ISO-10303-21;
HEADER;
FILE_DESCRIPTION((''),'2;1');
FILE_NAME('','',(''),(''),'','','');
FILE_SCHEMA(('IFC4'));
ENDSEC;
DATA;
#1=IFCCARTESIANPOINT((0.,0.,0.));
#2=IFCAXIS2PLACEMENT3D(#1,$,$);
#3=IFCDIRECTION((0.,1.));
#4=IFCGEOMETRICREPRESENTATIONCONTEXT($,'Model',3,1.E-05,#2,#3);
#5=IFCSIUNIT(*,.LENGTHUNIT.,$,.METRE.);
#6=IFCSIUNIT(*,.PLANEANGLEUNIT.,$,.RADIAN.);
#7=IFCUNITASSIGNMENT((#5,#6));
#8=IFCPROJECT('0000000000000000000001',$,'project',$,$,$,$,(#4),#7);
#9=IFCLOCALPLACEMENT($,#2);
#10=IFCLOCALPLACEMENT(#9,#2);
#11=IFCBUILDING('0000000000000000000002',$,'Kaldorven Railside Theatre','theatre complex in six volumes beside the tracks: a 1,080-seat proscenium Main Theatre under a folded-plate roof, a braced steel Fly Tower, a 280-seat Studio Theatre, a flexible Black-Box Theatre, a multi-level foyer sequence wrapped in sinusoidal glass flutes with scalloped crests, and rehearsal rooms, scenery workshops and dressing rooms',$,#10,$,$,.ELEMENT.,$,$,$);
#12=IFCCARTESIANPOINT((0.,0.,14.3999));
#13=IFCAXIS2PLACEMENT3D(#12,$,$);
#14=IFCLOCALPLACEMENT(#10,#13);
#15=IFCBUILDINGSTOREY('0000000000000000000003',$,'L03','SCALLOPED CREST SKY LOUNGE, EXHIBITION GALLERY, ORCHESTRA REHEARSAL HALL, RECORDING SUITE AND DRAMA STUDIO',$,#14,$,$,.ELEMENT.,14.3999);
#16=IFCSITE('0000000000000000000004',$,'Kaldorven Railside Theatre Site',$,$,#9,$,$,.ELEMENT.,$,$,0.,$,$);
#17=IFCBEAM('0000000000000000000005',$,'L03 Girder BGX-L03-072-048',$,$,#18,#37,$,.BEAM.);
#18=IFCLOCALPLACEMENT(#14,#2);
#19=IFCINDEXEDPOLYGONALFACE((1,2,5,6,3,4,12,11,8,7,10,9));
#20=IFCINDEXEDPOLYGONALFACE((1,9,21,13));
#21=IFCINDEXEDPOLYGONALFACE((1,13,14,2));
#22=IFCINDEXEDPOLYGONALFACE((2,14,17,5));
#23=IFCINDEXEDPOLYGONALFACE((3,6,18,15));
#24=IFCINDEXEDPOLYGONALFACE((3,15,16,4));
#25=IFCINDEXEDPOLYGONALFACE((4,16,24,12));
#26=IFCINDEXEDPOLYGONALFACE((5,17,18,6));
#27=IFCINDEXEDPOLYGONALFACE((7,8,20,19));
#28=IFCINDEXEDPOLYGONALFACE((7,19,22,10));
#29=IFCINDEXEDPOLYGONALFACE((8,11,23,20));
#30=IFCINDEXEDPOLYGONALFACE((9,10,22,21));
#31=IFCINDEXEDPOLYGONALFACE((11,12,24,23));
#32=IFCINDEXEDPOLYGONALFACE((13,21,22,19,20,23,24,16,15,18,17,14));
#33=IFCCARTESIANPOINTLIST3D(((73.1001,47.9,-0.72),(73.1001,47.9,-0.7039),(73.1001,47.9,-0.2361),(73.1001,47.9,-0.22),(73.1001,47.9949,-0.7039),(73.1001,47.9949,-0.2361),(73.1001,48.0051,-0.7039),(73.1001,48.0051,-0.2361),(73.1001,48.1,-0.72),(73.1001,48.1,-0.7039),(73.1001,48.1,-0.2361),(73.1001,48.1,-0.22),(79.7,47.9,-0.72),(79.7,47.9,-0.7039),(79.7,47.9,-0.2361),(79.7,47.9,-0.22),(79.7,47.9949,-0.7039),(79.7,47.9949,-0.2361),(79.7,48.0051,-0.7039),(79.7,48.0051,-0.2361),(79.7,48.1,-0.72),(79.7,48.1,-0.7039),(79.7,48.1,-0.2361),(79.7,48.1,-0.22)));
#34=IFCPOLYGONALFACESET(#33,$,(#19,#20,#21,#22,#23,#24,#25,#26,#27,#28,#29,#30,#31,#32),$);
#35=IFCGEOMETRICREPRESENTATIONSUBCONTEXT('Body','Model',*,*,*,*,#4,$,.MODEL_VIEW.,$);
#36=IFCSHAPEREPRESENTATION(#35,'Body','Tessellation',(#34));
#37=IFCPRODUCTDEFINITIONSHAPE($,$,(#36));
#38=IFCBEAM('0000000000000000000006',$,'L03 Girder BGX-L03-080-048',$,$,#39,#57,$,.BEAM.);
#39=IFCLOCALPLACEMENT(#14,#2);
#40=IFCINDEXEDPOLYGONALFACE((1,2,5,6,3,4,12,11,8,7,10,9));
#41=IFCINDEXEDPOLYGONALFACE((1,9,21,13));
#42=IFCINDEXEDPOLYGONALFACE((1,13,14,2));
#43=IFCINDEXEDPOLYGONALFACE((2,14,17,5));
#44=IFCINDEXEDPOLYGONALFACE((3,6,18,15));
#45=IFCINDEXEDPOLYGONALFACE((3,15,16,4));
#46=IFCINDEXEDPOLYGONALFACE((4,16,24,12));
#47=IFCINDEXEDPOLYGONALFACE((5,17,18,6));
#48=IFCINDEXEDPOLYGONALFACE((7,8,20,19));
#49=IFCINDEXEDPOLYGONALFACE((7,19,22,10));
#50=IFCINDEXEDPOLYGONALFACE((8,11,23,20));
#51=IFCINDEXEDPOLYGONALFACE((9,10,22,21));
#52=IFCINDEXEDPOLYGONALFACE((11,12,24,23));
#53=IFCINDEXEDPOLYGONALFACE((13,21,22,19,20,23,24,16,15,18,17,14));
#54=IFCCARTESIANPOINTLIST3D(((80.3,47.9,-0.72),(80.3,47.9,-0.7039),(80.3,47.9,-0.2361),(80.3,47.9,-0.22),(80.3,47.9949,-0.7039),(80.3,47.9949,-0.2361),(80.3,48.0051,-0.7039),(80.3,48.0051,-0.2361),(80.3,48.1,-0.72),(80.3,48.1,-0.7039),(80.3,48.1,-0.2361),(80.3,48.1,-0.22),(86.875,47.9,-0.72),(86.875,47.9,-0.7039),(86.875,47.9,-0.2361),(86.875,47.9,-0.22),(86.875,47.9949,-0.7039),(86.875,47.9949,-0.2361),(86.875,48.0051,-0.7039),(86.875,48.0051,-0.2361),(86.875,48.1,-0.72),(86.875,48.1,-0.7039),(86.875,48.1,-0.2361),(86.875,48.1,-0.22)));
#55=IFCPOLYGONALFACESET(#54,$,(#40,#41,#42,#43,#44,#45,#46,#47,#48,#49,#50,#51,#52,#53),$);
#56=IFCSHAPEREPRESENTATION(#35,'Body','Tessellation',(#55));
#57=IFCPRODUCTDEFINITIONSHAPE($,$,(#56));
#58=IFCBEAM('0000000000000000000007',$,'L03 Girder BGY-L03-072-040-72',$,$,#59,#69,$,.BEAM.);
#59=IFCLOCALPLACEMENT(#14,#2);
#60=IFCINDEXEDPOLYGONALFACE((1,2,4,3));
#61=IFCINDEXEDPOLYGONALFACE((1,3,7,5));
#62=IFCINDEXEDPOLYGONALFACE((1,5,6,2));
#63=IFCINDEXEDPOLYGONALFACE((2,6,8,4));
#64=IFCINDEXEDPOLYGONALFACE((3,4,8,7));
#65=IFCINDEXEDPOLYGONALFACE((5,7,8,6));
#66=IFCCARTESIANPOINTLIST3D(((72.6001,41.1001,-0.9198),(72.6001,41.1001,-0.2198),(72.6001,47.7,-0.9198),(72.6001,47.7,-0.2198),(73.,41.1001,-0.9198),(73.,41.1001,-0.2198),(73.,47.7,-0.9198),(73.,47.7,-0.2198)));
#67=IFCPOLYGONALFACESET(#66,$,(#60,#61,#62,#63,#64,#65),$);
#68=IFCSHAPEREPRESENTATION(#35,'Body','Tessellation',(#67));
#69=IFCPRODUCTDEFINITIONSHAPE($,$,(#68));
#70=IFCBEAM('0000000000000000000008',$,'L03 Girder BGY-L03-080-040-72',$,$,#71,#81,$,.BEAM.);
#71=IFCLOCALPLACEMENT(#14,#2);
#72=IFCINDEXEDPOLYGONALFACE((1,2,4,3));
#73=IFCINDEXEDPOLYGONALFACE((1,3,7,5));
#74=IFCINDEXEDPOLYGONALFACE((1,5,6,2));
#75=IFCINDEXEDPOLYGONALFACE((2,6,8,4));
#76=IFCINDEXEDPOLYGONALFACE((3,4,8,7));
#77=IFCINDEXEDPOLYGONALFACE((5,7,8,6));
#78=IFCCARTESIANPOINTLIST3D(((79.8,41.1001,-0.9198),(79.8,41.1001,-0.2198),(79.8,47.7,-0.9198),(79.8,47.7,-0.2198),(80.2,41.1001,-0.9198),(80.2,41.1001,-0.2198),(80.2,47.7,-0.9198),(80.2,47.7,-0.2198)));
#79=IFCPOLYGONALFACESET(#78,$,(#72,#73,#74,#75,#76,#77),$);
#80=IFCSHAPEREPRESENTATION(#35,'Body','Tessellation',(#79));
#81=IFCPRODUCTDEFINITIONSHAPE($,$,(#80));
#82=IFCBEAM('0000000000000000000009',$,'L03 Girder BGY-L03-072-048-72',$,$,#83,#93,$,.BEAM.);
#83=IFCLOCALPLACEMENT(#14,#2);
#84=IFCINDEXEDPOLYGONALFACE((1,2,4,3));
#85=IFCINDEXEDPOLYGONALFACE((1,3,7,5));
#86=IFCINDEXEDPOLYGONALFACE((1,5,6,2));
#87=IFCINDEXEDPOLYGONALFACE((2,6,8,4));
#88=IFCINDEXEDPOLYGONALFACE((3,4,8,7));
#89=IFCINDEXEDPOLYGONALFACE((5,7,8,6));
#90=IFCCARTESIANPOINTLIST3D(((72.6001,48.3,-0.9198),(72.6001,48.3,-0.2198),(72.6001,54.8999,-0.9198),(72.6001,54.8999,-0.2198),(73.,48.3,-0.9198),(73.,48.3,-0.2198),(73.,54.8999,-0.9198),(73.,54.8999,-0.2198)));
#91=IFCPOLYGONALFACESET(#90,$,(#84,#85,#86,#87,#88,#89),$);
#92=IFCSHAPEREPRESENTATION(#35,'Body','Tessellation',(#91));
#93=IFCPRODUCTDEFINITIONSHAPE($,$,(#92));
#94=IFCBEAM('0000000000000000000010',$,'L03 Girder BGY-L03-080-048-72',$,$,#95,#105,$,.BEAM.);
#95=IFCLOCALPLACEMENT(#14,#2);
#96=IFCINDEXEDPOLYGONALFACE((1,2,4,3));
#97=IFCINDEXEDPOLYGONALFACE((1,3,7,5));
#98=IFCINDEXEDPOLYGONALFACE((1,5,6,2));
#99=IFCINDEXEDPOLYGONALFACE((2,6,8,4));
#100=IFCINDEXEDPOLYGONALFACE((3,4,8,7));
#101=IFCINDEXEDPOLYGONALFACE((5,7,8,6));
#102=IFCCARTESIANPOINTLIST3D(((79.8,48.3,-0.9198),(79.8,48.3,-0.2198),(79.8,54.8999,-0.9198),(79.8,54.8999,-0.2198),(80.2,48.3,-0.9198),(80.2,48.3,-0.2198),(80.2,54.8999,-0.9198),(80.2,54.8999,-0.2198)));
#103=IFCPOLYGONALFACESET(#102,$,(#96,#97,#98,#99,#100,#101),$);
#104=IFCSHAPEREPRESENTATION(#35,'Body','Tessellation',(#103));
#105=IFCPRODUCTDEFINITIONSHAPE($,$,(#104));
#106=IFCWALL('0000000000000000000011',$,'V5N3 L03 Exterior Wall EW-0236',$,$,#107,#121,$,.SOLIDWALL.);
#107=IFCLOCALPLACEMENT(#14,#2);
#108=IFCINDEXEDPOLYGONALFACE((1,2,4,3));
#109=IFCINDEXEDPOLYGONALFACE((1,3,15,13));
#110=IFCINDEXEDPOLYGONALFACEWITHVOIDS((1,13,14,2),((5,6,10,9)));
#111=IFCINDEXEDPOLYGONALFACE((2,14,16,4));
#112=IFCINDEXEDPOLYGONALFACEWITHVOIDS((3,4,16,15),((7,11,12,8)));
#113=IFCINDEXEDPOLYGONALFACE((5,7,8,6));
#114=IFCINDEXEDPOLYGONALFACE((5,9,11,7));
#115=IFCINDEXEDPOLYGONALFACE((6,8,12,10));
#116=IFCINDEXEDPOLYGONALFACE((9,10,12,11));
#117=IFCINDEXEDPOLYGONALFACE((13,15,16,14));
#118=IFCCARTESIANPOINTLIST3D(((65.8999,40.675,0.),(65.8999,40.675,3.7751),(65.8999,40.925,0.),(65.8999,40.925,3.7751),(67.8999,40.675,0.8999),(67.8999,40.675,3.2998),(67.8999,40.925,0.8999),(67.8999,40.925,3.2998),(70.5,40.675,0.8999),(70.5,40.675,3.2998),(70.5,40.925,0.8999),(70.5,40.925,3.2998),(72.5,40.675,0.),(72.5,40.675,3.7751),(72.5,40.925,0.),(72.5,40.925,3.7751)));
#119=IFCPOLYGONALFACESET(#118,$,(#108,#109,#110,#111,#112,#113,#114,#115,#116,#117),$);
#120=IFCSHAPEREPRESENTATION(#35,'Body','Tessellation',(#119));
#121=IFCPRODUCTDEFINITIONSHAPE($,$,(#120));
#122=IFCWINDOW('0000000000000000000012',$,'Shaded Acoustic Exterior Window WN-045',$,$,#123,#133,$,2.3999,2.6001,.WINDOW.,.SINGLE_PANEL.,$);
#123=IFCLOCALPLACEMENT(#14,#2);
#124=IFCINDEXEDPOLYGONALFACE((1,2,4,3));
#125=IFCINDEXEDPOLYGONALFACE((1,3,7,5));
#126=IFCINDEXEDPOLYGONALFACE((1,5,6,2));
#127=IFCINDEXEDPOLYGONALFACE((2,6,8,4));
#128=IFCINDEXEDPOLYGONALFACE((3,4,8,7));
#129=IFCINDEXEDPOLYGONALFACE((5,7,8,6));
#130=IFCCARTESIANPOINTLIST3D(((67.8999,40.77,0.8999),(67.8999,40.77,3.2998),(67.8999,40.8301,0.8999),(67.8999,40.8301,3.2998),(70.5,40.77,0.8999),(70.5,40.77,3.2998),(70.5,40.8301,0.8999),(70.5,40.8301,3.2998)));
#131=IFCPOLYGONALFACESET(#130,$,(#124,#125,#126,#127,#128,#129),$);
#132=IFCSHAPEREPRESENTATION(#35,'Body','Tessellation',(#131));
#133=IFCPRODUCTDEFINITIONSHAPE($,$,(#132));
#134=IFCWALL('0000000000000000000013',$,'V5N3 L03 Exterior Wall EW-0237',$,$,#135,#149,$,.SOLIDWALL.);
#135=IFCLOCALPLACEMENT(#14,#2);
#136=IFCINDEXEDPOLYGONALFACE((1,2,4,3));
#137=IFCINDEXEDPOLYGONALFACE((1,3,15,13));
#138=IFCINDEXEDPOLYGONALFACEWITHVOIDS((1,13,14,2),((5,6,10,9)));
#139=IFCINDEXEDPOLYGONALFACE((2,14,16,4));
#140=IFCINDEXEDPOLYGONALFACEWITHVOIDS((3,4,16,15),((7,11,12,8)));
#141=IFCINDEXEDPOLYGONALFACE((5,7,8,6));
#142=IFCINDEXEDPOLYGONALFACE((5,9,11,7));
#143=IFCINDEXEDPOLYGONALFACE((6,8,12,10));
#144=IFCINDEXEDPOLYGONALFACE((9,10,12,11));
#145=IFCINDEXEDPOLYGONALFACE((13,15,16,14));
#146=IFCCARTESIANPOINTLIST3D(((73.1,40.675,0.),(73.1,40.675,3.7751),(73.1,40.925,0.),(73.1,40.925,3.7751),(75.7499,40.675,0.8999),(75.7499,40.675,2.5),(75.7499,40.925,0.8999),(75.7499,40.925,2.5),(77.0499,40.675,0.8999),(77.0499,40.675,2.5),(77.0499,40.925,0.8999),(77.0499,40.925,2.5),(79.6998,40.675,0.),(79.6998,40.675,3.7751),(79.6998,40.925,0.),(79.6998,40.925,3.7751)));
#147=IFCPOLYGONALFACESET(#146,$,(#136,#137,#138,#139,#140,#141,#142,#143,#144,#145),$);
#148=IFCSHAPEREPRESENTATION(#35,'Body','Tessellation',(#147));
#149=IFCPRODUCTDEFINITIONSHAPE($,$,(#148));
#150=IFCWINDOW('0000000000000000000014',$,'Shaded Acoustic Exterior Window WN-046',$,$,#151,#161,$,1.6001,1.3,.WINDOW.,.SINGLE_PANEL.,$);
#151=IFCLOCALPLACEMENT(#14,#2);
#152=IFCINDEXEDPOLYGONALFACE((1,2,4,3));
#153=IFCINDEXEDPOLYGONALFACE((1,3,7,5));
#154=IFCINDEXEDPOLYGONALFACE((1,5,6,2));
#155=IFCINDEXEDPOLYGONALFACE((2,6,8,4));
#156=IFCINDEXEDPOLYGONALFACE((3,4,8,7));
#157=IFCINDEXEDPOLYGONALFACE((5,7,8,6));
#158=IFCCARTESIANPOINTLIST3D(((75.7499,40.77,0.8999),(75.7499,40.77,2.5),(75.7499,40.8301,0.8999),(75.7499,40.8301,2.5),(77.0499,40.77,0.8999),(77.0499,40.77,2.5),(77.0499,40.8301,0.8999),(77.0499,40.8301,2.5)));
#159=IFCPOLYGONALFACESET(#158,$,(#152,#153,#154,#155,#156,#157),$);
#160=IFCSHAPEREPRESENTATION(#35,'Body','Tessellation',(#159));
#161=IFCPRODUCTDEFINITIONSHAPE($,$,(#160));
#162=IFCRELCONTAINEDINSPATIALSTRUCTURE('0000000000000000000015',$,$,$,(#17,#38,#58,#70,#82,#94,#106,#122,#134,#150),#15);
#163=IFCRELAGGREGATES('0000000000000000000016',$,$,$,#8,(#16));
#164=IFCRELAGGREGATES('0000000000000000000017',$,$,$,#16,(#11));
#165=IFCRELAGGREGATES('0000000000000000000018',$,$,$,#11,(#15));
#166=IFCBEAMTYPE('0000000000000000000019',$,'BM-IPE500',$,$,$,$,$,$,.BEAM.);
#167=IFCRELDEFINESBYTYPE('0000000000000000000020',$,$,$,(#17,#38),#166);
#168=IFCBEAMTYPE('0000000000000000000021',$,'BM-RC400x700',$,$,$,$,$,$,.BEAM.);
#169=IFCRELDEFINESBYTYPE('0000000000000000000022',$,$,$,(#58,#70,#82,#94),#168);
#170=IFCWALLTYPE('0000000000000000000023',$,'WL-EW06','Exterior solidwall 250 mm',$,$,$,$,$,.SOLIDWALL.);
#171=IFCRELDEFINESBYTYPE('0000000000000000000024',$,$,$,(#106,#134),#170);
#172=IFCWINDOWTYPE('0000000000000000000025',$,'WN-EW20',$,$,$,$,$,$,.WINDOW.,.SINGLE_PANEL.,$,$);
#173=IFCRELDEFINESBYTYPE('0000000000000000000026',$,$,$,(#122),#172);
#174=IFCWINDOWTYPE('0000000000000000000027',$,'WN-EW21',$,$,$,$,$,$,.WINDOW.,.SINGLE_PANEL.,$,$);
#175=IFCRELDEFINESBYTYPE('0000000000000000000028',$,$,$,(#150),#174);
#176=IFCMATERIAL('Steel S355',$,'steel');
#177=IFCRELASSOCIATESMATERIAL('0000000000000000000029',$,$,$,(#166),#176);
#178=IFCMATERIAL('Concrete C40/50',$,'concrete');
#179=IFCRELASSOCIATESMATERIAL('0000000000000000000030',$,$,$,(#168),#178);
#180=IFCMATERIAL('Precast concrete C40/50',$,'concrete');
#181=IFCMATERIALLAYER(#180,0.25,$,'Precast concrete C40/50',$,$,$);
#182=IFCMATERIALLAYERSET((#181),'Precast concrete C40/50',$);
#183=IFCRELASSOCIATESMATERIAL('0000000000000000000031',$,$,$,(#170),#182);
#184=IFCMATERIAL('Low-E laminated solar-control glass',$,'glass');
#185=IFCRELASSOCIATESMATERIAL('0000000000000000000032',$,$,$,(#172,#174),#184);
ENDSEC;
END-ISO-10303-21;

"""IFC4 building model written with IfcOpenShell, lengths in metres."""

from ifc_helpers import new_model, si_unit, direction, frame, frame_2d, origin, origin_2d, place, context, subcontext, project, spatial, rectangle, i_section, extrude, material, layer, layer_set, material_profile, profile_set, type_object, element, fill, save


model = new_model("IFC4")

# Units and contexts
model_context = context("Model", 3, precision=1e-05, world=origin(), true_north=direction((0.0, 1.0)))
body_context = subcontext(model_context, "Body", "Model", "MODEL_VIEW")
ifc_project = project(units=[si_unit("LENGTHUNIT", "METRE"), si_unit("PLANEANGLEUNIT", "RADIAN")], contexts=[model_context])

# Site, building, storey
site_placement = place(None, origin())
site = spatial("IfcSite", under=ifc_project, at=site_placement, Name="Kaldorven Railside Theatre Site", CompositionType="ELEMENT", RefElevation=0.0)
building_placement = place(site_placement, origin())
building = spatial("IfcBuilding", under=site, at=building_placement, Name="Kaldorven Railside Theatre", Description="theatre complex in six volumes beside the tracks: a 1,080-seat proscenium Main Theatre under a folded-plate roof, a braced steel Fly Tower, a 280-seat Studio Theatre, a flexible Black-Box Theatre, a multi-level foyer sequence wrapped in sinusoidal glass flutes with scalloped crests, and rehearsal rooms, scenery workshops and dressing rooms", CompositionType="ELEMENT")
storey_placement = place(building_placement, frame((0.0, 0.0, 14.3999)))
storey = spatial("IfcBuildingStorey", under=building, at=storey_placement, Name="L03", Description="SCALLOPED CREST SKY LOUNGE, EXHIBITION GALLERY, ORCHESTRA REHEARSAL HALL, RECORDING SUITE AND DRAMA STUDIO", CompositionType="ELEMENT", Elevation=14.3999)

# Shared definitions
ifc_material_1 = material(Name="Concrete C40/50", Category="concrete")

# Beams
ifc_material_2 = material(Name="Steel S355", Category="steel")
ifc_material_profile_1 = material_profile(ifc_material_2, i_section(OverallWidth=0.2, OverallDepth=0.5, WebThickness=0.0103, FlangeThickness=0.0161, at=origin_2d()), Name="IPE 500")
ifc_profile_set_1 = profile_set([ifc_material_profile_1], Name="Steel S355")
beam_type_1 = type_object("IfcBeamType", Name="BM-IPE500", PredefinedType="BEAM", material=ifc_profile_set_1)
beam_1_placement = place(storey_placement, frame((73.1001, 48.0, -0.47), z_axis=(1.0, 0.0, 0.0), x_axis=(0.0, 1.0, 0.0)))
element("IfcBeam", 1, at=beam_1_placement, inside=storey, type_object=beam_type_1, Name="L03 Girder BGX-L03-072-048", PredefinedType="BEAM", context=body_context, shape_type="SweptSolid", body=[
    extrude(i_section(OverallWidth=0.2, OverallDepth=0.5, WebThickness=0.0103, FlangeThickness=0.0161, at=origin_2d()), origin(), (0.0, 0.0, 1.0), 6.5999),
])
beam_2_placement = place(storey_placement, frame((80.3, 48.0, -0.47), z_axis=(1.0, 0.0, 0.0), x_axis=(0.0, 1.0, 0.0)))
element("IfcBeam", 2, at=beam_2_placement, inside=storey, type_object=beam_type_1, Name="L03 Girder BGX-L03-080-048", PredefinedType="BEAM", context=body_context, shape_type="SweptSolid", body=[
    extrude(i_section(OverallWidth=0.2, OverallDepth=0.5, WebThickness=0.0103, FlangeThickness=0.0161, at=origin_2d()), origin(), (0.0, 0.0, 1.0), 6.575),
])
ifc_material_profile_2 = material_profile(ifc_material_1, rectangle(XDim=0.3999, YDim=0.7, at=origin_2d()), Name="RC 400x700")
ifc_profile_set_2 = profile_set([ifc_material_profile_2], Name="Concrete C40/50")
beam_type_2 = type_object("IfcBeamType", Name="BM-RC400x700", PredefinedType="BEAM", material=ifc_profile_set_2)
for number, where, z_axis, x_axis, name in (
    (3, (72.8, 41.1001, -0.5698), (0.0, 1.0, 0.0), (-1.0, 0.0, 0.0), "L03 Girder BGY-L03-072-040-72"),
    (4, (80.0, 41.1001, -0.5698), (0.0, 1.0, 0.0), (-1.0, 0.0, 0.0), "L03 Girder BGY-L03-080-040-72"),
    (5, (72.8, 48.3, -0.5698), (0.0, 1.0, 0.0), (-1.0, 0.0, 0.0), "L03 Girder BGY-L03-072-048-72"),
    (6, (80.0, 48.3, -0.5698), (0.0, 1.0, 0.0), (-1.0, 0.0, 0.0), "L03 Girder BGY-L03-080-048-72"),
):
    element("IfcBeam", number, at=place(storey_placement, frame(where, z_axis=z_axis, x_axis=x_axis)), inside=storey, type_object=beam_type_2, Name=name, PredefinedType="BEAM", context=body_context, shape_type="SweptSolid", body=[
        extrude(rectangle(XDim=0.3999, YDim=0.7, at=origin_2d()), origin(), (0.0, 0.0, 1.0), 6.5999),
    ])

# Walls, openings, windows
ifc_material_3 = material(Name="Precast concrete C40/50", Category="concrete")
ifc_layer = layer(ifc_material_3, 0.25, Name="Precast concrete C40/50")
ifc_layer_set = layer_set([ifc_layer], Name="Precast concrete C40/50")
wall_type = type_object("IfcWallType", Name="WL-EW06", Description="Exterior solidwall 250 mm", PredefinedType="SOLIDWALL", material=ifc_layer_set)
wall_1_placement = place(storey_placement, frame((65.8999, 40.8, 0.0), z_axis=(0.0, 0.0, 1.0), x_axis=(1.0, 0.0, 0.0)))
wall_1 = element("IfcWall", 7, at=wall_1_placement, inside=storey, type_object=wall_type, Name="V5N3 L03 Exterior Wall EW-0236", PredefinedType="SOLIDWALL", context=body_context, shape_type="SweptSolid", body=[
    extrude(rectangle(XDim=6.6001, YDim=0.25, at=frame_2d((3.3, 0.0))), origin(), (0.0, 0.0, 1.0), 3.7751),
])
opening_1_placement = place(wall_1_placement, frame((2.0, 0.0, 0.8999)))
opening_1 = element("IfcOpeningElement", 8, at=opening_1_placement, cuts=wall_1, PredefinedType="OPENING", context=body_context, shape_type="SweptSolid", body=[
    extrude(rectangle(XDim=2.6001, YDim=2.3999, at=frame_2d((1.3, 1.2))), frame((0.0, 0.135, 0.0), z_axis=(0.0, -1.0, 0.0), x_axis=(1.0, 0.0, 0.0)), (0.0, 0.0, 1.0), 0.27),
])
ifc_material_4 = material(Name="Low-E laminated solar-control glass", Category="glass")
window_type_1 = type_object("IfcWindowType", Name="WN-EW20", PartitioningType="SINGLE_PANEL", PredefinedType="WINDOW", material=ifc_material_4)
window_1_placement = place(opening_1_placement, origin())
window_1 = element("IfcWindow", 9, at=window_1_placement, inside=storey, type_object=window_type_1, Name="Shaded Acoustic Exterior Window WN-045", OverallHeight=2.3999, OverallWidth=2.6001, PartitioningType="SINGLE_PANEL", PredefinedType="WINDOW", context=body_context, shape_type="SweptSolid", body=[
    extrude(rectangle(XDim=2.6001, YDim=2.3999, at=frame_2d((1.3, 1.2))), frame((0.0, 0.03, 0.0), z_axis=(0.0, -1.0, 0.0), x_axis=(1.0, 0.0, 0.0)), (0.0, 0.0, 1.0), 0.0601),
])
fill(opening_1, window_1)
wall_2_placement = place(storey_placement, frame((73.1001, 40.8, 0.0), z_axis=(0.0, 0.0, 1.0), x_axis=(1.0, 0.0, 0.0)))
wall_2 = element("IfcWall", 10, at=wall_2_placement, inside=storey, type_object=wall_type, Name="V5N3 L03 Exterior Wall EW-0237", PredefinedType="SOLIDWALL", context=body_context, shape_type="SweptSolid", body=[
    extrude(rectangle(XDim=6.5999, YDim=0.25, at=frame_2d((3.2998, 0.0))), origin(), (0.0, 0.0, 1.0), 3.7751),
])
opening_2_placement = place(wall_2_placement, frame((2.6499, 0.0, 0.8999)))
opening_2 = element("IfcOpeningElement", 11, at=opening_2_placement, cuts=wall_2, PredefinedType="OPENING", context=body_context, shape_type="SweptSolid", body=[
    extrude(rectangle(XDim=1.3, YDim=1.6001, at=frame_2d((0.6499, 0.8))), frame((0.0, 0.135, 0.0), z_axis=(0.0, -1.0, 0.0), x_axis=(1.0, 0.0, 0.0)), (0.0, 0.0, 1.0), 0.27),
])
window_type_2 = type_object("IfcWindowType", Name="WN-EW21", PartitioningType="SINGLE_PANEL", PredefinedType="WINDOW", material=ifc_material_4)
window_2_placement = place(opening_2_placement, origin())
window_2 = element("IfcWindow", 12, at=window_2_placement, inside=storey, type_object=window_type_2, Name="Shaded Acoustic Exterior Window WN-046", OverallHeight=1.6001, OverallWidth=1.3, PartitioningType="SINGLE_PANEL", PredefinedType="WINDOW", context=body_context, shape_type="SweptSolid", body=[
    extrude(rectangle(XDim=1.3, YDim=1.6001, at=frame_2d((0.6499, 0.8))), frame((0.0, 0.03, 0.0), z_axis=(0.0, -1.0, 0.0), x_axis=(1.0, 0.0, 0.0)), (0.0, 0.0, 1.0), 0.0601),
])
fill(opening_2, window_2)

save(model, "model.ifc")
